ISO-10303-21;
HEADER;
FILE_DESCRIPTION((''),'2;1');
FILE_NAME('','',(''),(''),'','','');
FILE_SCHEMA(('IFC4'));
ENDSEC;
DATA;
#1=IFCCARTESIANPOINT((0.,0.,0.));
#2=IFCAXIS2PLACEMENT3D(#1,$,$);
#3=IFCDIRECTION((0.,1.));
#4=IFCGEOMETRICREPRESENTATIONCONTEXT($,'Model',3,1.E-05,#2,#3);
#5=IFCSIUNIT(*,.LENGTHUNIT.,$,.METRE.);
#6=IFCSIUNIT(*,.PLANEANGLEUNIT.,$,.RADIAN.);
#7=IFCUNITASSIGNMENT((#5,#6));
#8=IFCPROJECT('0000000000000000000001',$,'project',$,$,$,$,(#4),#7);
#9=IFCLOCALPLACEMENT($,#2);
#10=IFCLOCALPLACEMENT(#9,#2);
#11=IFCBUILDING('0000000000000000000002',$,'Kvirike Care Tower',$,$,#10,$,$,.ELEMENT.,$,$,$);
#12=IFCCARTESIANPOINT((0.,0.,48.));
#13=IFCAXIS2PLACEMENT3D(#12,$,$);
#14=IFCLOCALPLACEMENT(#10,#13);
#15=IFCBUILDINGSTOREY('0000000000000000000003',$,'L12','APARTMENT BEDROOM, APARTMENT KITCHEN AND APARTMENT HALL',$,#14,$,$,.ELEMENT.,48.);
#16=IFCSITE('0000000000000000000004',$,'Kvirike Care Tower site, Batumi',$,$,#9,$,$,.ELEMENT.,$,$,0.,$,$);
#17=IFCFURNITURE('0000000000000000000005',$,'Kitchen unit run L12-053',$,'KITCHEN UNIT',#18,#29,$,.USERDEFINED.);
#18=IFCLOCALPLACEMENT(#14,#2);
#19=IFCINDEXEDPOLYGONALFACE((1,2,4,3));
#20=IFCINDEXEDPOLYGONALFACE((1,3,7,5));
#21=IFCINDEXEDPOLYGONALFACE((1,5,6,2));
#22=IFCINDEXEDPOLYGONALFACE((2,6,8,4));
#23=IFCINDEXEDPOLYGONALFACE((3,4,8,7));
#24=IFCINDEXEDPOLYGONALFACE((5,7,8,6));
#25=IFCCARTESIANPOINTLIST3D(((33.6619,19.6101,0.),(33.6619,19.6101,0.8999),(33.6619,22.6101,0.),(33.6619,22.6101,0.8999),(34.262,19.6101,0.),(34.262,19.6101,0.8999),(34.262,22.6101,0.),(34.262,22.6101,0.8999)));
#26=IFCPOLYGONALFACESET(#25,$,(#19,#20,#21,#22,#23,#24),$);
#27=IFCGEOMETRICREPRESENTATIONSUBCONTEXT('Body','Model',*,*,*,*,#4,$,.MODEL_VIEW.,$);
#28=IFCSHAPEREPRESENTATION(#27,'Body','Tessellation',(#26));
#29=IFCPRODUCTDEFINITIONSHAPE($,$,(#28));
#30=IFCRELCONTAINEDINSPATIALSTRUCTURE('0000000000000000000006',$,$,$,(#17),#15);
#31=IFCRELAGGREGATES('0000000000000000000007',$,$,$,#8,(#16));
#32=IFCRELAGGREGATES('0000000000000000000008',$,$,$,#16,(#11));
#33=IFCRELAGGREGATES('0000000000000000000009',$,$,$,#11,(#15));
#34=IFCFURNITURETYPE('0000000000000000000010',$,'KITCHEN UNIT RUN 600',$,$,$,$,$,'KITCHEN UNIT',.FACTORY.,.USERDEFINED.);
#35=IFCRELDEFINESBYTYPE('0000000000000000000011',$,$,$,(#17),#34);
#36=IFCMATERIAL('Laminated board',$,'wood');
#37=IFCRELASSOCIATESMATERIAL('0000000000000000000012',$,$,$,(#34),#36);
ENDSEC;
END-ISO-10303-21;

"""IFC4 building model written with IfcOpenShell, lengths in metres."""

from ifc_helpers import new_model, si_unit, direction, frame, origin, origin_2d, place, context, subcontext, project, spatial, rectangle, extrude, material, type_object, element, save


model = new_model("IFC4")

# Units and contexts
model_context = context("Model", 3, precision=1e-05, world=origin(), true_north=direction((0.0, 1.0)))
body_context = subcontext(model_context, "Body", "Model", "MODEL_VIEW")
ifc_project = project(units=[si_unit("LENGTHUNIT", "METRE"), si_unit("PLANEANGLEUNIT", "RADIAN")], contexts=[model_context])

# Site, building, storey
site_placement = place(None, origin())
site = spatial("IfcSite", under=ifc_project, at=site_placement, Name="Kvirike Care Tower site, Batumi", CompositionType="ELEMENT", RefElevation=0.0)
building_placement = place(site_placement, origin())
building = spatial("IfcBuilding", under=site, at=building_placement, Name="Kvirike Care Tower", CompositionType="ELEMENT")
storey_placement = place(building_placement, frame((0.0, 0.0, 48.0)))
storey = spatial("IfcBuildingStorey", under=building, at=storey_placement, Name="L12", Description="APARTMENT BEDROOM, APARTMENT KITCHEN AND APARTMENT HALL", CompositionType="ELEMENT", Elevation=48.0)

# Furniture
ifc_material_1 = material(Name="Laminated board", Category="wood")
furniture_type_1 = type_object("IfcFurnitureType", Name="KITCHEN UNIT RUN 600", ElementType="KITCHEN UNIT", AssemblyPlace="FACTORY", PredefinedType="USERDEFINED", material=ifc_material_1)
furniture_1_placement = place(storey_placement, frame((33.9619, 21.1101, 0.0), z_axis=(0.0, 0.0, 1.0), x_axis=(0.0, 1.0, 0.0)))
element("IfcFurniture", 1, at=furniture_1_placement, inside=storey, type_object=furniture_type_1, Name="Kitchen unit run L12-053", ObjectType="KITCHEN UNIT", PredefinedType="USERDEFINED", context=body_context, shape_type="SweptSolid", body=[
    extrude(rectangle(XDim=3.0, YDim=0.6001, at=origin_2d()), origin(), (0.0, 0.0, 1.0), 0.8999),
])

save(model, "model.ifc")
